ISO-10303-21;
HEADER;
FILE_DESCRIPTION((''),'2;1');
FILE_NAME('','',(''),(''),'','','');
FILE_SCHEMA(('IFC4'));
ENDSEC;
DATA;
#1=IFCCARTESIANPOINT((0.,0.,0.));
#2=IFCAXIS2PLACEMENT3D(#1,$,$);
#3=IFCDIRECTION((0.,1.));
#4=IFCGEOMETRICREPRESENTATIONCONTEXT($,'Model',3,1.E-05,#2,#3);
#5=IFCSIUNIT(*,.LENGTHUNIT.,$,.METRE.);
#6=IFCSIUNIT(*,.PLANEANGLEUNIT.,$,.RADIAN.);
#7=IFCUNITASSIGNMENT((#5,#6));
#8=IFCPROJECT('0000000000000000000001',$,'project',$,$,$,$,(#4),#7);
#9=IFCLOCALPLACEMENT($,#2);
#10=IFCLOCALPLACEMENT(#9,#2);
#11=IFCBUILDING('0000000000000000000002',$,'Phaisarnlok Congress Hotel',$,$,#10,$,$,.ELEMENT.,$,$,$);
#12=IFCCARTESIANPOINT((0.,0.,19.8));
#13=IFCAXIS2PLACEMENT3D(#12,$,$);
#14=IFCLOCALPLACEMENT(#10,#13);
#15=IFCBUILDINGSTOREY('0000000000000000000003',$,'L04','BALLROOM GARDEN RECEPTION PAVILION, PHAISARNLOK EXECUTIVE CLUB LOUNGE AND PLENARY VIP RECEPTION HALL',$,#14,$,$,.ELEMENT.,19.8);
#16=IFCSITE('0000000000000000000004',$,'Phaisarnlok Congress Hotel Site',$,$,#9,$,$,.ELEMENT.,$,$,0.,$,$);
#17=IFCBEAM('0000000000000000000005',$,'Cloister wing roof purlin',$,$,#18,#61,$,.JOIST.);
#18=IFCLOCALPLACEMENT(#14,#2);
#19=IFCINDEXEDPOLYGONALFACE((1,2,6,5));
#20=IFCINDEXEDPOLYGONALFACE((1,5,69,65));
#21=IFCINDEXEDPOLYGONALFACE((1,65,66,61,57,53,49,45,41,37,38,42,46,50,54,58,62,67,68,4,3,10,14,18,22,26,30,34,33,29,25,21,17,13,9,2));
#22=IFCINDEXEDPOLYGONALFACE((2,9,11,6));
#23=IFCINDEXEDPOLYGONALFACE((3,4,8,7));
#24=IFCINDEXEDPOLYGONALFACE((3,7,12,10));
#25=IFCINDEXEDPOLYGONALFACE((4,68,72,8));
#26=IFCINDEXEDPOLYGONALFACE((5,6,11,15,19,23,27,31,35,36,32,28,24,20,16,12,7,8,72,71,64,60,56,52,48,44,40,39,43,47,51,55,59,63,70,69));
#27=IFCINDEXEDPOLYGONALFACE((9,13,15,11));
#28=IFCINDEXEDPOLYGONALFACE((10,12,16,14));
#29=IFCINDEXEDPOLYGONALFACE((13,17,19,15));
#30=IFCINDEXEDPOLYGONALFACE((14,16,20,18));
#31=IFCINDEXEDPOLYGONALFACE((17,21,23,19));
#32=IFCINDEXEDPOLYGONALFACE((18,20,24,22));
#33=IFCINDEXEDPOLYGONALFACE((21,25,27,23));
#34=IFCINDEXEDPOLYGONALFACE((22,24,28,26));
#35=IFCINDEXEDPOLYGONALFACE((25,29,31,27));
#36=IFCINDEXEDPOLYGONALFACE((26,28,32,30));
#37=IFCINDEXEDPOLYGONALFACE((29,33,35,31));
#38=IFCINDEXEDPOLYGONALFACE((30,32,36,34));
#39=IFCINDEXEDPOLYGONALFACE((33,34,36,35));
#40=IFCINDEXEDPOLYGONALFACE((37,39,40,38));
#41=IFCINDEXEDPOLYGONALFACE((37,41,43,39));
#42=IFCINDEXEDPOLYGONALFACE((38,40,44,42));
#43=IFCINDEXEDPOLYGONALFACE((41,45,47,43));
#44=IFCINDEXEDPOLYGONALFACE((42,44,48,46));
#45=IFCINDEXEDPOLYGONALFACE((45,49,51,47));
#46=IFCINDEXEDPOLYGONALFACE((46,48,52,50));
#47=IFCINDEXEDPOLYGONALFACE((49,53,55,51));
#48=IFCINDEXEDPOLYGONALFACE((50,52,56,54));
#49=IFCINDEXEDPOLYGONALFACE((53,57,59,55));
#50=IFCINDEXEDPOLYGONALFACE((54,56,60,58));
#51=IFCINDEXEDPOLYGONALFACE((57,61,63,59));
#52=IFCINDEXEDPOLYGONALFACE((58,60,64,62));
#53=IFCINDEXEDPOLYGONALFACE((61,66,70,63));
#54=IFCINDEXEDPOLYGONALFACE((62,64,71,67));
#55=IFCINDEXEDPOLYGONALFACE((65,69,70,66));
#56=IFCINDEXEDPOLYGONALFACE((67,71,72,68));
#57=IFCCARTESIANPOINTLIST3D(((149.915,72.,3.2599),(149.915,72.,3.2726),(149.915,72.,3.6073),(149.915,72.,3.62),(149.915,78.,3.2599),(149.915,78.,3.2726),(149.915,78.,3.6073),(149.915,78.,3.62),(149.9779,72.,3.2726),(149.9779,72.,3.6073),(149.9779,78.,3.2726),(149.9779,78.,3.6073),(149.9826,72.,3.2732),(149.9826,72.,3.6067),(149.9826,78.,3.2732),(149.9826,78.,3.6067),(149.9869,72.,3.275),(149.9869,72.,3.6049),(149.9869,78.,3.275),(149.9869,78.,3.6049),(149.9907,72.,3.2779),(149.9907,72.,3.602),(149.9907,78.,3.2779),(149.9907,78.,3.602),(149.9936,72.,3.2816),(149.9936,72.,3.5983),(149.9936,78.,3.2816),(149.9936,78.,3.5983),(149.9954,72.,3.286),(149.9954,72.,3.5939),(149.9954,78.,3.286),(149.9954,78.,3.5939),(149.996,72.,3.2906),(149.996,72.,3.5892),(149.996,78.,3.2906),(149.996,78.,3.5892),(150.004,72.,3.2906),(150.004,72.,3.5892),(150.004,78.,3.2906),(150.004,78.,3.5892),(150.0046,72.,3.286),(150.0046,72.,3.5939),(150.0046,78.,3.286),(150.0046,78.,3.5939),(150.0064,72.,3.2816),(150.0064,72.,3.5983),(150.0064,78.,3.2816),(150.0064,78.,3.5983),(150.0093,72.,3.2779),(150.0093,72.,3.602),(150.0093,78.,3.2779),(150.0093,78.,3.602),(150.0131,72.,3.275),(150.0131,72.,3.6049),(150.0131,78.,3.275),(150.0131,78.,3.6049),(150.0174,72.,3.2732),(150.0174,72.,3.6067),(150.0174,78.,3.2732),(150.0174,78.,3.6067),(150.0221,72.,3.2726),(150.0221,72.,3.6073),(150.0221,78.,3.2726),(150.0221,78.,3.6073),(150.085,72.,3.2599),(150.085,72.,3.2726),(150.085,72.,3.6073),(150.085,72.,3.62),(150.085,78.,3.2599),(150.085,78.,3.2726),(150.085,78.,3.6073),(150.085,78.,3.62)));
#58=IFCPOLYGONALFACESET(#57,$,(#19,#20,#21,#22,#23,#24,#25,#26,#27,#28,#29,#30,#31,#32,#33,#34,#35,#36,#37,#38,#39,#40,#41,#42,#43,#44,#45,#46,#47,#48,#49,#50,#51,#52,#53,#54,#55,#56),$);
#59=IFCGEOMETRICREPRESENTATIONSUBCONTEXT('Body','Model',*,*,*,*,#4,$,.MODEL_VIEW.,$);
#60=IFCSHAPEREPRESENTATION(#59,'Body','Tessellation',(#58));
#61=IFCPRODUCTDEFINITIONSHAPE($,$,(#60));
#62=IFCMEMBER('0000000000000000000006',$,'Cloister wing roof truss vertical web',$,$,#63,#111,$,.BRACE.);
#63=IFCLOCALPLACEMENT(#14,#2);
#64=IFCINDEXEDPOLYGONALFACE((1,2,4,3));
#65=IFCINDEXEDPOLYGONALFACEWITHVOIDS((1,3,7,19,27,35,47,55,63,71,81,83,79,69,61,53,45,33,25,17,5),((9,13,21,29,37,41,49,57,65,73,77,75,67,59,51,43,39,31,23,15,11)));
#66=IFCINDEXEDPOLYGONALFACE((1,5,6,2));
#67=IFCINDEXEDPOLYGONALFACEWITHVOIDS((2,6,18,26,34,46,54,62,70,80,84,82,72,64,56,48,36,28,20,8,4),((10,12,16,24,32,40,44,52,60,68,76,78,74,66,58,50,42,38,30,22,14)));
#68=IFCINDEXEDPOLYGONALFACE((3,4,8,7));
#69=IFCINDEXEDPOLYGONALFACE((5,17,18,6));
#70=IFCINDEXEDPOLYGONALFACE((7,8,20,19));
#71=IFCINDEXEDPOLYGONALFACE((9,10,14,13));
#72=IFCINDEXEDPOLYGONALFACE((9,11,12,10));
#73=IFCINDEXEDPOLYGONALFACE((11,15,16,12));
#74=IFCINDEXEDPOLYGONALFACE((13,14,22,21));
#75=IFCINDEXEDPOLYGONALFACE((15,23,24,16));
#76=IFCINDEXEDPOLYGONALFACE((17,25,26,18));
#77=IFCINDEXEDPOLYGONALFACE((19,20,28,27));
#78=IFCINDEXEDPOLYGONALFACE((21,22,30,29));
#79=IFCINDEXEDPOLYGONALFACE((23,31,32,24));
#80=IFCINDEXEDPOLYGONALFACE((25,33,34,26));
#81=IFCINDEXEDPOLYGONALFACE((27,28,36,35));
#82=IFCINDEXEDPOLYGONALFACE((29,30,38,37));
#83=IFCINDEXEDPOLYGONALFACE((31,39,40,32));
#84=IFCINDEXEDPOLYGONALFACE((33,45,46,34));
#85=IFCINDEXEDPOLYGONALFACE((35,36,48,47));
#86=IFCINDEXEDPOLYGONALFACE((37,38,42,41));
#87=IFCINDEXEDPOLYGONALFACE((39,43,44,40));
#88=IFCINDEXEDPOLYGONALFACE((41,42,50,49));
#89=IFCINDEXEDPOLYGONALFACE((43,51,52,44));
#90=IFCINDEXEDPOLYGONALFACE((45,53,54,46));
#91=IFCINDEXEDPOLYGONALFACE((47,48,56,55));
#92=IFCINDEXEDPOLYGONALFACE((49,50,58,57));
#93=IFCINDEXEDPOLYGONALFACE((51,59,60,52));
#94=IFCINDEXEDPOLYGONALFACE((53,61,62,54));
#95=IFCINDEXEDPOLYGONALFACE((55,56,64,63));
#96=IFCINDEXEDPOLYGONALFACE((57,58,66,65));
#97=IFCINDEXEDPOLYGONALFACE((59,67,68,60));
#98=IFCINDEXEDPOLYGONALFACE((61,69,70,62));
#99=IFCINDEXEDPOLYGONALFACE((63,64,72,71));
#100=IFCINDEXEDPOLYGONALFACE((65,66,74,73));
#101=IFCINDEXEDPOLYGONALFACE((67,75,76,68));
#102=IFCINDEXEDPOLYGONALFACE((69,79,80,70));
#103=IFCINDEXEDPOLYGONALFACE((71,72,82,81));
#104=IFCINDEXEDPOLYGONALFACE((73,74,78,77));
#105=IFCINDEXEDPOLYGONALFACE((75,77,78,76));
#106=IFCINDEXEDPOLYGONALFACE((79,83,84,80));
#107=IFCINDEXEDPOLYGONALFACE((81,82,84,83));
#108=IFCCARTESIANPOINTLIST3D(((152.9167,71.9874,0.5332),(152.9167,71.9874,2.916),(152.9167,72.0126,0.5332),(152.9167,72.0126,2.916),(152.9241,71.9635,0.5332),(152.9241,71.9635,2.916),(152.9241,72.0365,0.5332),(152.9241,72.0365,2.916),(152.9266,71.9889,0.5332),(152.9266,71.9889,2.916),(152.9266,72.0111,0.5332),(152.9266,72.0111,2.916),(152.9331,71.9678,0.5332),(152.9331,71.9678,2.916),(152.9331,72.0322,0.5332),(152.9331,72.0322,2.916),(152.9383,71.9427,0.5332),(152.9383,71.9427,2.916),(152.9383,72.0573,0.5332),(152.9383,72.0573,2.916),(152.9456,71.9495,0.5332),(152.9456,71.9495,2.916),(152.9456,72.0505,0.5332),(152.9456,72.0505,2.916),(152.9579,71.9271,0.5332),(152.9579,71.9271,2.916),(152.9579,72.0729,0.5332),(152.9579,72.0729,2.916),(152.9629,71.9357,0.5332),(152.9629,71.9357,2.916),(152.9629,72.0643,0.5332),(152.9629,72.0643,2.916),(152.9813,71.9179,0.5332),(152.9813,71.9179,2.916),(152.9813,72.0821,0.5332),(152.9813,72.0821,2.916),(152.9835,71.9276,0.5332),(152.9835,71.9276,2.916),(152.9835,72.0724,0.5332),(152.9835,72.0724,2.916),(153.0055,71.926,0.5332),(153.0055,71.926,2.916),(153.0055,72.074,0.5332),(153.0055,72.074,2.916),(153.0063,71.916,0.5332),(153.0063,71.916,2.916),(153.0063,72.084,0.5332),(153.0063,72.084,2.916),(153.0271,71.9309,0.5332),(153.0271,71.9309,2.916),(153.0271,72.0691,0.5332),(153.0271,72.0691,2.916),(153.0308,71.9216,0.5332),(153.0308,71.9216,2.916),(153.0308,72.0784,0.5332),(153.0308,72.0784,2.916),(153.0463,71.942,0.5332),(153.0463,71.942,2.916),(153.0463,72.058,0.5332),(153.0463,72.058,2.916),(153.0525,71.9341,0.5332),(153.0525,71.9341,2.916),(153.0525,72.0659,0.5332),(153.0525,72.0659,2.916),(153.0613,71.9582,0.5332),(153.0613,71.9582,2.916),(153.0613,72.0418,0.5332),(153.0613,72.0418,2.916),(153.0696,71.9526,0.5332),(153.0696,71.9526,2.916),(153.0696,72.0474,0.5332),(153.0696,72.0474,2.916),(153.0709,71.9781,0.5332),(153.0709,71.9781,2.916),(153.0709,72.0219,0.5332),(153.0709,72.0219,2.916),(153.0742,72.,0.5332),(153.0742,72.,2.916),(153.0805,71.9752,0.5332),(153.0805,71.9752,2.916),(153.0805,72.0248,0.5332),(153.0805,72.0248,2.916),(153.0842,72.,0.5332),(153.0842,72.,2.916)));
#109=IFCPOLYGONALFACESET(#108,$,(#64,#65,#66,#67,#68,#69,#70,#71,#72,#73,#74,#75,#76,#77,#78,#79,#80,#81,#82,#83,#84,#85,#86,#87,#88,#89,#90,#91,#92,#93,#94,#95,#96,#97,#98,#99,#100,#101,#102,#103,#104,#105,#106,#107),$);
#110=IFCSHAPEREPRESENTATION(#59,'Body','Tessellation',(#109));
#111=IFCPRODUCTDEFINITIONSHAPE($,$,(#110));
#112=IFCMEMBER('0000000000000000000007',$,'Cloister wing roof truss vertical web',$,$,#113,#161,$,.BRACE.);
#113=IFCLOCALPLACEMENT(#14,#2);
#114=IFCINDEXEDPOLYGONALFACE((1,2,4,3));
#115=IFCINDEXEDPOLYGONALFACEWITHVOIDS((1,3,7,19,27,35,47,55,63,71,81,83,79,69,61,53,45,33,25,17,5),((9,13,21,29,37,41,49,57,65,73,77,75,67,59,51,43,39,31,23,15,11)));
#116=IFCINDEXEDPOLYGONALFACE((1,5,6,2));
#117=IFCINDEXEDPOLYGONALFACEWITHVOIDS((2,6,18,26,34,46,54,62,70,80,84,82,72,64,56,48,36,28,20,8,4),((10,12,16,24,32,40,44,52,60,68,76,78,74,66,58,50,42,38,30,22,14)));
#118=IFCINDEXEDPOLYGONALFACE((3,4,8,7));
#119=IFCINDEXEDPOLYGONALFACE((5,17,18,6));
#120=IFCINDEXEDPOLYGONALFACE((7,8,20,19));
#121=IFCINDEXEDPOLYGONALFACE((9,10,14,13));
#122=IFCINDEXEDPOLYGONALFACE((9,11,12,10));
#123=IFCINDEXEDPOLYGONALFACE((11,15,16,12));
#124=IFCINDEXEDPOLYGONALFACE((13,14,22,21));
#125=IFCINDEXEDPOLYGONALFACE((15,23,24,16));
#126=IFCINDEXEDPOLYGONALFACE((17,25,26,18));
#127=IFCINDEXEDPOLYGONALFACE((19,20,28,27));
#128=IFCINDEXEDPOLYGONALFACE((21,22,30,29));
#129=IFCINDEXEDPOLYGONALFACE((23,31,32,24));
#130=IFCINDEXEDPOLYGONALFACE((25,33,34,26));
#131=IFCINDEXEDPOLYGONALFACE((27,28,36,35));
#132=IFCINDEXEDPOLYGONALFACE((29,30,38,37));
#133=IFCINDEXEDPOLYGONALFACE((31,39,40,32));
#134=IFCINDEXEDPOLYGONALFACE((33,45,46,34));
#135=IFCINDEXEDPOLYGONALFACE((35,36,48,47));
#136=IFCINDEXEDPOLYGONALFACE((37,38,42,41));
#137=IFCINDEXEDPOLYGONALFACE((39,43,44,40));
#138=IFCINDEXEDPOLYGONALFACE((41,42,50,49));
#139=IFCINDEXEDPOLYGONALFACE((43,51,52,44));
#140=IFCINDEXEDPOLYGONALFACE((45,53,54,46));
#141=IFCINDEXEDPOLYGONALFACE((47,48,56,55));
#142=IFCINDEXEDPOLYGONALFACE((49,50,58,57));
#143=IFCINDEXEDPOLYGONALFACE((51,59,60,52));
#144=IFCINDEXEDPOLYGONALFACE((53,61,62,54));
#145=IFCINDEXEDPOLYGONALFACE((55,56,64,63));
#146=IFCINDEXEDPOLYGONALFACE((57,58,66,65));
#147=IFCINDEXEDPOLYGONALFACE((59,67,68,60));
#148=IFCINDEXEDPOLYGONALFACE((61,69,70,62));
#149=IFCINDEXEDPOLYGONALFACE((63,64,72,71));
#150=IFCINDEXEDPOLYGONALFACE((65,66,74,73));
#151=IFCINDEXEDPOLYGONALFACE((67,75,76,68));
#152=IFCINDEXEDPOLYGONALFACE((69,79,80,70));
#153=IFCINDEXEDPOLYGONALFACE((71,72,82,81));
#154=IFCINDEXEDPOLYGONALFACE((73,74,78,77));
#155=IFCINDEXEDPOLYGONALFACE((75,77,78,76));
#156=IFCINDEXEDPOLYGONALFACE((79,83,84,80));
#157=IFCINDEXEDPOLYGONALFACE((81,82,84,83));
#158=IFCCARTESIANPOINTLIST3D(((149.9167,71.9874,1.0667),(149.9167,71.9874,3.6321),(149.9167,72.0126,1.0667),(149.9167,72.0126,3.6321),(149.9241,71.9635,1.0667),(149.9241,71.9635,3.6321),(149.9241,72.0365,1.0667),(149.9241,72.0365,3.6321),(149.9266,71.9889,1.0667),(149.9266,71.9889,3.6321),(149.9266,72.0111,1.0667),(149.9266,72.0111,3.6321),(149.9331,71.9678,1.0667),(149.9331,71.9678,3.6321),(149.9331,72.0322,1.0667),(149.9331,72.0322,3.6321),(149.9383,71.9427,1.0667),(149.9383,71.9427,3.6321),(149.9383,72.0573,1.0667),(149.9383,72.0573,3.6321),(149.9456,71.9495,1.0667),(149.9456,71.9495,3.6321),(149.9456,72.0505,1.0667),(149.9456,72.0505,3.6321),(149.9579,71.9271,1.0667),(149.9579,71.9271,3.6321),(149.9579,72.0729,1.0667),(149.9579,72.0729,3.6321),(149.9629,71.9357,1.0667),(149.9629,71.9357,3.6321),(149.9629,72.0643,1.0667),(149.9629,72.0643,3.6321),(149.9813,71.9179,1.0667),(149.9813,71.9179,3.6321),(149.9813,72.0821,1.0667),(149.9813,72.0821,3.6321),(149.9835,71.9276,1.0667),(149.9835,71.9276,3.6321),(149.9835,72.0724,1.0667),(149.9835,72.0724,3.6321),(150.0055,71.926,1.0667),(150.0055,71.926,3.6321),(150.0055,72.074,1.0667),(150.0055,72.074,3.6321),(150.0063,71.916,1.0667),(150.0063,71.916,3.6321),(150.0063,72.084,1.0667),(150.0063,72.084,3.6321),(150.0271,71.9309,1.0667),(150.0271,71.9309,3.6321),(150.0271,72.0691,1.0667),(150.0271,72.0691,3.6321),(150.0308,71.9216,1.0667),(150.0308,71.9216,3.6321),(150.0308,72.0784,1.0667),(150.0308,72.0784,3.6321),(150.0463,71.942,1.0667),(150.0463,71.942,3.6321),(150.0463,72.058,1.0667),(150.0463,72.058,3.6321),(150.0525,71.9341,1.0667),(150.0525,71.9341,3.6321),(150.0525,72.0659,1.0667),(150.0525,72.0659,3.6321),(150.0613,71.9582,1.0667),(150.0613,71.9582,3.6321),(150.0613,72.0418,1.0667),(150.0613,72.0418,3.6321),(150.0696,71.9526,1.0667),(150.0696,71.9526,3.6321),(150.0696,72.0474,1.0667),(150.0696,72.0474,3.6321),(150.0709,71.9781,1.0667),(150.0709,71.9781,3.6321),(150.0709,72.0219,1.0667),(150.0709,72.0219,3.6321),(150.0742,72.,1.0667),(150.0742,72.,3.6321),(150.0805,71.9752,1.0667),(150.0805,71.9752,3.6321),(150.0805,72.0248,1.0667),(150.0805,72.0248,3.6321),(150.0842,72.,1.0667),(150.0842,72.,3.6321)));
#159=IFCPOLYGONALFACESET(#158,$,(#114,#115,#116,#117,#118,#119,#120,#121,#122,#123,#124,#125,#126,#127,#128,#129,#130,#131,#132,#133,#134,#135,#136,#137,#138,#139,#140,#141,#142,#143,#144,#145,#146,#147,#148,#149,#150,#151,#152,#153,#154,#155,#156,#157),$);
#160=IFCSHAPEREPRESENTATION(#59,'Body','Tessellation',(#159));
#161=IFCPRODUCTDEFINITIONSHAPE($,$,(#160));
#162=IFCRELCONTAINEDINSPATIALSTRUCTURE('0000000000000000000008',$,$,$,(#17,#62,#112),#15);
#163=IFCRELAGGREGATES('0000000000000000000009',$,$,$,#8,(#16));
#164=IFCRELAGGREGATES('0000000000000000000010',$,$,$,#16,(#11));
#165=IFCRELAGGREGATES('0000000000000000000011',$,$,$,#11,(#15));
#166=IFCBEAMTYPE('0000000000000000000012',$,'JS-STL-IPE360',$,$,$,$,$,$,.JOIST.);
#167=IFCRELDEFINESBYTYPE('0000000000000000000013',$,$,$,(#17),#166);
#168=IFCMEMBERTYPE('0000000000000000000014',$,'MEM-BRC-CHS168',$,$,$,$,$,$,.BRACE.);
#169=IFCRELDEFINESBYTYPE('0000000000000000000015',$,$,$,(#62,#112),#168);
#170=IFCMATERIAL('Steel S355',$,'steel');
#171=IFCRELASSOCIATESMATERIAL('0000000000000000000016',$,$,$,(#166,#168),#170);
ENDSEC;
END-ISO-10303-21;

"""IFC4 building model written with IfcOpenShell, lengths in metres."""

from ifc_helpers import new_model, si_unit, direction, frame, origin, origin_2d, place, context, subcontext, project, spatial, hollow_circle, i_section, extrude, material, material_profile, profile_set, type_object, element, save


model = new_model("IFC4")

# Units and contexts
model_context = context("Model", 3, precision=1e-05, world=origin(), true_north=direction((0.0, 1.0)))
body_context = subcontext(model_context, "Body", "Model", "MODEL_VIEW")
ifc_project = project(units=[si_unit("LENGTHUNIT", "METRE"), si_unit("PLANEANGLEUNIT", "RADIAN")], contexts=[model_context])

# Site, building, storey
site_placement = place(None, origin())
site = spatial("IfcSite", under=ifc_project, at=site_placement, Name="Phaisarnlok Congress Hotel Site", CompositionType="ELEMENT", RefElevation=0.0)
building_placement = place(site_placement, origin())
building = spatial("IfcBuilding", under=site, at=building_placement, Name="Phaisarnlok Congress Hotel", CompositionType="ELEMENT")
storey_placement = place(building_placement, frame((0.0, 0.0, 19.8)))
storey = spatial("IfcBuildingStorey", under=building, at=storey_placement, Name="L04", Description="BALLROOM GARDEN RECEPTION PAVILION, PHAISARNLOK EXECUTIVE CLUB LOUNGE AND PLENARY VIP RECEPTION HALL", CompositionType="ELEMENT", Elevation=19.8)

# Beam
ifc_material = material(Name="Steel S355", Category="steel")
ifc_material_profile_1 = material_profile(ifc_material, i_section(OverallWidth=0.1699, OverallDepth=0.3601, WebThickness=0.0081, FlangeThickness=0.0127, FilletRadius=0.0181, at=origin_2d()), Name="IPE 360")
ifc_profile_set_1 = profile_set([ifc_material_profile_1], Name="Steel S355")
beam_type = type_object("IfcBeamType", Name="JS-STL-IPE360", PredefinedType="JOIST", material=ifc_profile_set_1)
beam_placement = place(storey_placement, frame((150.0, 72.0, 3.4399), z_axis=(0.0, 1.0, 0.0), x_axis=(-1.0, 0.0, 0.0)))
element("IfcBeam", 1, at=beam_placement, inside=storey, type_object=beam_type, Name="Cloister wing roof purlin", PredefinedType="JOIST", context=body_context, shape_type="SweptSolid", body=[
    extrude(i_section(OverallWidth=0.1699, OverallDepth=0.3601, WebThickness=0.0081, FlangeThickness=0.0127, FilletRadius=0.0181, at=origin_2d()), origin(), (0.0, 0.0, 1.0), 6.0),
])

# Members
ifc_material_profile_2 = material_profile(ifc_material, hollow_circle(Radius=0.0842, WallThickness=0.01, at=origin_2d()), Name="CHS 168.3x10")
ifc_profile_set_2 = profile_set([ifc_material_profile_2], Name="Steel S355")
member_type_1 = type_object("IfcMemberType", Name="MEM-BRC-CHS168", PredefinedType="BRACE", material=ifc_profile_set_2)
member_1_placement = place(storey_placement, frame((153.0, 72.0, 0.5332), z_axis=(0.0, 0.0, 1.0), x_axis=(1.0, 0.0, 0.0)))
element("IfcMember", 2, at=member_1_placement, inside=storey, type_object=member_type_1, Name="Cloister wing roof truss vertical web", PredefinedType="BRACE", context=body_context, shape_type="SweptSolid", body=[
    extrude(hollow_circle(Radius=0.0842, WallThickness=0.01, at=origin_2d()), origin(), (0.0, 0.0, 1.0), 2.3828),
])
member_2_placement = place(storey_placement, frame((150.0, 72.0, 1.0667), z_axis=(0.0, 0.0, 1.0), x_axis=(1.0, 0.0, 0.0)))
element("IfcMember", 3, at=member_2_placement, inside=storey, type_object=member_type_1, Name="Cloister wing roof truss vertical web", PredefinedType="BRACE", context=body_context, shape_type="SweptSolid", body=[
    extrude(hollow_circle(Radius=0.0842, WallThickness=0.01, at=origin_2d()), origin(), (0.0, 0.0, 1.0), 2.5654),
])

save(model, "model.ifc")
